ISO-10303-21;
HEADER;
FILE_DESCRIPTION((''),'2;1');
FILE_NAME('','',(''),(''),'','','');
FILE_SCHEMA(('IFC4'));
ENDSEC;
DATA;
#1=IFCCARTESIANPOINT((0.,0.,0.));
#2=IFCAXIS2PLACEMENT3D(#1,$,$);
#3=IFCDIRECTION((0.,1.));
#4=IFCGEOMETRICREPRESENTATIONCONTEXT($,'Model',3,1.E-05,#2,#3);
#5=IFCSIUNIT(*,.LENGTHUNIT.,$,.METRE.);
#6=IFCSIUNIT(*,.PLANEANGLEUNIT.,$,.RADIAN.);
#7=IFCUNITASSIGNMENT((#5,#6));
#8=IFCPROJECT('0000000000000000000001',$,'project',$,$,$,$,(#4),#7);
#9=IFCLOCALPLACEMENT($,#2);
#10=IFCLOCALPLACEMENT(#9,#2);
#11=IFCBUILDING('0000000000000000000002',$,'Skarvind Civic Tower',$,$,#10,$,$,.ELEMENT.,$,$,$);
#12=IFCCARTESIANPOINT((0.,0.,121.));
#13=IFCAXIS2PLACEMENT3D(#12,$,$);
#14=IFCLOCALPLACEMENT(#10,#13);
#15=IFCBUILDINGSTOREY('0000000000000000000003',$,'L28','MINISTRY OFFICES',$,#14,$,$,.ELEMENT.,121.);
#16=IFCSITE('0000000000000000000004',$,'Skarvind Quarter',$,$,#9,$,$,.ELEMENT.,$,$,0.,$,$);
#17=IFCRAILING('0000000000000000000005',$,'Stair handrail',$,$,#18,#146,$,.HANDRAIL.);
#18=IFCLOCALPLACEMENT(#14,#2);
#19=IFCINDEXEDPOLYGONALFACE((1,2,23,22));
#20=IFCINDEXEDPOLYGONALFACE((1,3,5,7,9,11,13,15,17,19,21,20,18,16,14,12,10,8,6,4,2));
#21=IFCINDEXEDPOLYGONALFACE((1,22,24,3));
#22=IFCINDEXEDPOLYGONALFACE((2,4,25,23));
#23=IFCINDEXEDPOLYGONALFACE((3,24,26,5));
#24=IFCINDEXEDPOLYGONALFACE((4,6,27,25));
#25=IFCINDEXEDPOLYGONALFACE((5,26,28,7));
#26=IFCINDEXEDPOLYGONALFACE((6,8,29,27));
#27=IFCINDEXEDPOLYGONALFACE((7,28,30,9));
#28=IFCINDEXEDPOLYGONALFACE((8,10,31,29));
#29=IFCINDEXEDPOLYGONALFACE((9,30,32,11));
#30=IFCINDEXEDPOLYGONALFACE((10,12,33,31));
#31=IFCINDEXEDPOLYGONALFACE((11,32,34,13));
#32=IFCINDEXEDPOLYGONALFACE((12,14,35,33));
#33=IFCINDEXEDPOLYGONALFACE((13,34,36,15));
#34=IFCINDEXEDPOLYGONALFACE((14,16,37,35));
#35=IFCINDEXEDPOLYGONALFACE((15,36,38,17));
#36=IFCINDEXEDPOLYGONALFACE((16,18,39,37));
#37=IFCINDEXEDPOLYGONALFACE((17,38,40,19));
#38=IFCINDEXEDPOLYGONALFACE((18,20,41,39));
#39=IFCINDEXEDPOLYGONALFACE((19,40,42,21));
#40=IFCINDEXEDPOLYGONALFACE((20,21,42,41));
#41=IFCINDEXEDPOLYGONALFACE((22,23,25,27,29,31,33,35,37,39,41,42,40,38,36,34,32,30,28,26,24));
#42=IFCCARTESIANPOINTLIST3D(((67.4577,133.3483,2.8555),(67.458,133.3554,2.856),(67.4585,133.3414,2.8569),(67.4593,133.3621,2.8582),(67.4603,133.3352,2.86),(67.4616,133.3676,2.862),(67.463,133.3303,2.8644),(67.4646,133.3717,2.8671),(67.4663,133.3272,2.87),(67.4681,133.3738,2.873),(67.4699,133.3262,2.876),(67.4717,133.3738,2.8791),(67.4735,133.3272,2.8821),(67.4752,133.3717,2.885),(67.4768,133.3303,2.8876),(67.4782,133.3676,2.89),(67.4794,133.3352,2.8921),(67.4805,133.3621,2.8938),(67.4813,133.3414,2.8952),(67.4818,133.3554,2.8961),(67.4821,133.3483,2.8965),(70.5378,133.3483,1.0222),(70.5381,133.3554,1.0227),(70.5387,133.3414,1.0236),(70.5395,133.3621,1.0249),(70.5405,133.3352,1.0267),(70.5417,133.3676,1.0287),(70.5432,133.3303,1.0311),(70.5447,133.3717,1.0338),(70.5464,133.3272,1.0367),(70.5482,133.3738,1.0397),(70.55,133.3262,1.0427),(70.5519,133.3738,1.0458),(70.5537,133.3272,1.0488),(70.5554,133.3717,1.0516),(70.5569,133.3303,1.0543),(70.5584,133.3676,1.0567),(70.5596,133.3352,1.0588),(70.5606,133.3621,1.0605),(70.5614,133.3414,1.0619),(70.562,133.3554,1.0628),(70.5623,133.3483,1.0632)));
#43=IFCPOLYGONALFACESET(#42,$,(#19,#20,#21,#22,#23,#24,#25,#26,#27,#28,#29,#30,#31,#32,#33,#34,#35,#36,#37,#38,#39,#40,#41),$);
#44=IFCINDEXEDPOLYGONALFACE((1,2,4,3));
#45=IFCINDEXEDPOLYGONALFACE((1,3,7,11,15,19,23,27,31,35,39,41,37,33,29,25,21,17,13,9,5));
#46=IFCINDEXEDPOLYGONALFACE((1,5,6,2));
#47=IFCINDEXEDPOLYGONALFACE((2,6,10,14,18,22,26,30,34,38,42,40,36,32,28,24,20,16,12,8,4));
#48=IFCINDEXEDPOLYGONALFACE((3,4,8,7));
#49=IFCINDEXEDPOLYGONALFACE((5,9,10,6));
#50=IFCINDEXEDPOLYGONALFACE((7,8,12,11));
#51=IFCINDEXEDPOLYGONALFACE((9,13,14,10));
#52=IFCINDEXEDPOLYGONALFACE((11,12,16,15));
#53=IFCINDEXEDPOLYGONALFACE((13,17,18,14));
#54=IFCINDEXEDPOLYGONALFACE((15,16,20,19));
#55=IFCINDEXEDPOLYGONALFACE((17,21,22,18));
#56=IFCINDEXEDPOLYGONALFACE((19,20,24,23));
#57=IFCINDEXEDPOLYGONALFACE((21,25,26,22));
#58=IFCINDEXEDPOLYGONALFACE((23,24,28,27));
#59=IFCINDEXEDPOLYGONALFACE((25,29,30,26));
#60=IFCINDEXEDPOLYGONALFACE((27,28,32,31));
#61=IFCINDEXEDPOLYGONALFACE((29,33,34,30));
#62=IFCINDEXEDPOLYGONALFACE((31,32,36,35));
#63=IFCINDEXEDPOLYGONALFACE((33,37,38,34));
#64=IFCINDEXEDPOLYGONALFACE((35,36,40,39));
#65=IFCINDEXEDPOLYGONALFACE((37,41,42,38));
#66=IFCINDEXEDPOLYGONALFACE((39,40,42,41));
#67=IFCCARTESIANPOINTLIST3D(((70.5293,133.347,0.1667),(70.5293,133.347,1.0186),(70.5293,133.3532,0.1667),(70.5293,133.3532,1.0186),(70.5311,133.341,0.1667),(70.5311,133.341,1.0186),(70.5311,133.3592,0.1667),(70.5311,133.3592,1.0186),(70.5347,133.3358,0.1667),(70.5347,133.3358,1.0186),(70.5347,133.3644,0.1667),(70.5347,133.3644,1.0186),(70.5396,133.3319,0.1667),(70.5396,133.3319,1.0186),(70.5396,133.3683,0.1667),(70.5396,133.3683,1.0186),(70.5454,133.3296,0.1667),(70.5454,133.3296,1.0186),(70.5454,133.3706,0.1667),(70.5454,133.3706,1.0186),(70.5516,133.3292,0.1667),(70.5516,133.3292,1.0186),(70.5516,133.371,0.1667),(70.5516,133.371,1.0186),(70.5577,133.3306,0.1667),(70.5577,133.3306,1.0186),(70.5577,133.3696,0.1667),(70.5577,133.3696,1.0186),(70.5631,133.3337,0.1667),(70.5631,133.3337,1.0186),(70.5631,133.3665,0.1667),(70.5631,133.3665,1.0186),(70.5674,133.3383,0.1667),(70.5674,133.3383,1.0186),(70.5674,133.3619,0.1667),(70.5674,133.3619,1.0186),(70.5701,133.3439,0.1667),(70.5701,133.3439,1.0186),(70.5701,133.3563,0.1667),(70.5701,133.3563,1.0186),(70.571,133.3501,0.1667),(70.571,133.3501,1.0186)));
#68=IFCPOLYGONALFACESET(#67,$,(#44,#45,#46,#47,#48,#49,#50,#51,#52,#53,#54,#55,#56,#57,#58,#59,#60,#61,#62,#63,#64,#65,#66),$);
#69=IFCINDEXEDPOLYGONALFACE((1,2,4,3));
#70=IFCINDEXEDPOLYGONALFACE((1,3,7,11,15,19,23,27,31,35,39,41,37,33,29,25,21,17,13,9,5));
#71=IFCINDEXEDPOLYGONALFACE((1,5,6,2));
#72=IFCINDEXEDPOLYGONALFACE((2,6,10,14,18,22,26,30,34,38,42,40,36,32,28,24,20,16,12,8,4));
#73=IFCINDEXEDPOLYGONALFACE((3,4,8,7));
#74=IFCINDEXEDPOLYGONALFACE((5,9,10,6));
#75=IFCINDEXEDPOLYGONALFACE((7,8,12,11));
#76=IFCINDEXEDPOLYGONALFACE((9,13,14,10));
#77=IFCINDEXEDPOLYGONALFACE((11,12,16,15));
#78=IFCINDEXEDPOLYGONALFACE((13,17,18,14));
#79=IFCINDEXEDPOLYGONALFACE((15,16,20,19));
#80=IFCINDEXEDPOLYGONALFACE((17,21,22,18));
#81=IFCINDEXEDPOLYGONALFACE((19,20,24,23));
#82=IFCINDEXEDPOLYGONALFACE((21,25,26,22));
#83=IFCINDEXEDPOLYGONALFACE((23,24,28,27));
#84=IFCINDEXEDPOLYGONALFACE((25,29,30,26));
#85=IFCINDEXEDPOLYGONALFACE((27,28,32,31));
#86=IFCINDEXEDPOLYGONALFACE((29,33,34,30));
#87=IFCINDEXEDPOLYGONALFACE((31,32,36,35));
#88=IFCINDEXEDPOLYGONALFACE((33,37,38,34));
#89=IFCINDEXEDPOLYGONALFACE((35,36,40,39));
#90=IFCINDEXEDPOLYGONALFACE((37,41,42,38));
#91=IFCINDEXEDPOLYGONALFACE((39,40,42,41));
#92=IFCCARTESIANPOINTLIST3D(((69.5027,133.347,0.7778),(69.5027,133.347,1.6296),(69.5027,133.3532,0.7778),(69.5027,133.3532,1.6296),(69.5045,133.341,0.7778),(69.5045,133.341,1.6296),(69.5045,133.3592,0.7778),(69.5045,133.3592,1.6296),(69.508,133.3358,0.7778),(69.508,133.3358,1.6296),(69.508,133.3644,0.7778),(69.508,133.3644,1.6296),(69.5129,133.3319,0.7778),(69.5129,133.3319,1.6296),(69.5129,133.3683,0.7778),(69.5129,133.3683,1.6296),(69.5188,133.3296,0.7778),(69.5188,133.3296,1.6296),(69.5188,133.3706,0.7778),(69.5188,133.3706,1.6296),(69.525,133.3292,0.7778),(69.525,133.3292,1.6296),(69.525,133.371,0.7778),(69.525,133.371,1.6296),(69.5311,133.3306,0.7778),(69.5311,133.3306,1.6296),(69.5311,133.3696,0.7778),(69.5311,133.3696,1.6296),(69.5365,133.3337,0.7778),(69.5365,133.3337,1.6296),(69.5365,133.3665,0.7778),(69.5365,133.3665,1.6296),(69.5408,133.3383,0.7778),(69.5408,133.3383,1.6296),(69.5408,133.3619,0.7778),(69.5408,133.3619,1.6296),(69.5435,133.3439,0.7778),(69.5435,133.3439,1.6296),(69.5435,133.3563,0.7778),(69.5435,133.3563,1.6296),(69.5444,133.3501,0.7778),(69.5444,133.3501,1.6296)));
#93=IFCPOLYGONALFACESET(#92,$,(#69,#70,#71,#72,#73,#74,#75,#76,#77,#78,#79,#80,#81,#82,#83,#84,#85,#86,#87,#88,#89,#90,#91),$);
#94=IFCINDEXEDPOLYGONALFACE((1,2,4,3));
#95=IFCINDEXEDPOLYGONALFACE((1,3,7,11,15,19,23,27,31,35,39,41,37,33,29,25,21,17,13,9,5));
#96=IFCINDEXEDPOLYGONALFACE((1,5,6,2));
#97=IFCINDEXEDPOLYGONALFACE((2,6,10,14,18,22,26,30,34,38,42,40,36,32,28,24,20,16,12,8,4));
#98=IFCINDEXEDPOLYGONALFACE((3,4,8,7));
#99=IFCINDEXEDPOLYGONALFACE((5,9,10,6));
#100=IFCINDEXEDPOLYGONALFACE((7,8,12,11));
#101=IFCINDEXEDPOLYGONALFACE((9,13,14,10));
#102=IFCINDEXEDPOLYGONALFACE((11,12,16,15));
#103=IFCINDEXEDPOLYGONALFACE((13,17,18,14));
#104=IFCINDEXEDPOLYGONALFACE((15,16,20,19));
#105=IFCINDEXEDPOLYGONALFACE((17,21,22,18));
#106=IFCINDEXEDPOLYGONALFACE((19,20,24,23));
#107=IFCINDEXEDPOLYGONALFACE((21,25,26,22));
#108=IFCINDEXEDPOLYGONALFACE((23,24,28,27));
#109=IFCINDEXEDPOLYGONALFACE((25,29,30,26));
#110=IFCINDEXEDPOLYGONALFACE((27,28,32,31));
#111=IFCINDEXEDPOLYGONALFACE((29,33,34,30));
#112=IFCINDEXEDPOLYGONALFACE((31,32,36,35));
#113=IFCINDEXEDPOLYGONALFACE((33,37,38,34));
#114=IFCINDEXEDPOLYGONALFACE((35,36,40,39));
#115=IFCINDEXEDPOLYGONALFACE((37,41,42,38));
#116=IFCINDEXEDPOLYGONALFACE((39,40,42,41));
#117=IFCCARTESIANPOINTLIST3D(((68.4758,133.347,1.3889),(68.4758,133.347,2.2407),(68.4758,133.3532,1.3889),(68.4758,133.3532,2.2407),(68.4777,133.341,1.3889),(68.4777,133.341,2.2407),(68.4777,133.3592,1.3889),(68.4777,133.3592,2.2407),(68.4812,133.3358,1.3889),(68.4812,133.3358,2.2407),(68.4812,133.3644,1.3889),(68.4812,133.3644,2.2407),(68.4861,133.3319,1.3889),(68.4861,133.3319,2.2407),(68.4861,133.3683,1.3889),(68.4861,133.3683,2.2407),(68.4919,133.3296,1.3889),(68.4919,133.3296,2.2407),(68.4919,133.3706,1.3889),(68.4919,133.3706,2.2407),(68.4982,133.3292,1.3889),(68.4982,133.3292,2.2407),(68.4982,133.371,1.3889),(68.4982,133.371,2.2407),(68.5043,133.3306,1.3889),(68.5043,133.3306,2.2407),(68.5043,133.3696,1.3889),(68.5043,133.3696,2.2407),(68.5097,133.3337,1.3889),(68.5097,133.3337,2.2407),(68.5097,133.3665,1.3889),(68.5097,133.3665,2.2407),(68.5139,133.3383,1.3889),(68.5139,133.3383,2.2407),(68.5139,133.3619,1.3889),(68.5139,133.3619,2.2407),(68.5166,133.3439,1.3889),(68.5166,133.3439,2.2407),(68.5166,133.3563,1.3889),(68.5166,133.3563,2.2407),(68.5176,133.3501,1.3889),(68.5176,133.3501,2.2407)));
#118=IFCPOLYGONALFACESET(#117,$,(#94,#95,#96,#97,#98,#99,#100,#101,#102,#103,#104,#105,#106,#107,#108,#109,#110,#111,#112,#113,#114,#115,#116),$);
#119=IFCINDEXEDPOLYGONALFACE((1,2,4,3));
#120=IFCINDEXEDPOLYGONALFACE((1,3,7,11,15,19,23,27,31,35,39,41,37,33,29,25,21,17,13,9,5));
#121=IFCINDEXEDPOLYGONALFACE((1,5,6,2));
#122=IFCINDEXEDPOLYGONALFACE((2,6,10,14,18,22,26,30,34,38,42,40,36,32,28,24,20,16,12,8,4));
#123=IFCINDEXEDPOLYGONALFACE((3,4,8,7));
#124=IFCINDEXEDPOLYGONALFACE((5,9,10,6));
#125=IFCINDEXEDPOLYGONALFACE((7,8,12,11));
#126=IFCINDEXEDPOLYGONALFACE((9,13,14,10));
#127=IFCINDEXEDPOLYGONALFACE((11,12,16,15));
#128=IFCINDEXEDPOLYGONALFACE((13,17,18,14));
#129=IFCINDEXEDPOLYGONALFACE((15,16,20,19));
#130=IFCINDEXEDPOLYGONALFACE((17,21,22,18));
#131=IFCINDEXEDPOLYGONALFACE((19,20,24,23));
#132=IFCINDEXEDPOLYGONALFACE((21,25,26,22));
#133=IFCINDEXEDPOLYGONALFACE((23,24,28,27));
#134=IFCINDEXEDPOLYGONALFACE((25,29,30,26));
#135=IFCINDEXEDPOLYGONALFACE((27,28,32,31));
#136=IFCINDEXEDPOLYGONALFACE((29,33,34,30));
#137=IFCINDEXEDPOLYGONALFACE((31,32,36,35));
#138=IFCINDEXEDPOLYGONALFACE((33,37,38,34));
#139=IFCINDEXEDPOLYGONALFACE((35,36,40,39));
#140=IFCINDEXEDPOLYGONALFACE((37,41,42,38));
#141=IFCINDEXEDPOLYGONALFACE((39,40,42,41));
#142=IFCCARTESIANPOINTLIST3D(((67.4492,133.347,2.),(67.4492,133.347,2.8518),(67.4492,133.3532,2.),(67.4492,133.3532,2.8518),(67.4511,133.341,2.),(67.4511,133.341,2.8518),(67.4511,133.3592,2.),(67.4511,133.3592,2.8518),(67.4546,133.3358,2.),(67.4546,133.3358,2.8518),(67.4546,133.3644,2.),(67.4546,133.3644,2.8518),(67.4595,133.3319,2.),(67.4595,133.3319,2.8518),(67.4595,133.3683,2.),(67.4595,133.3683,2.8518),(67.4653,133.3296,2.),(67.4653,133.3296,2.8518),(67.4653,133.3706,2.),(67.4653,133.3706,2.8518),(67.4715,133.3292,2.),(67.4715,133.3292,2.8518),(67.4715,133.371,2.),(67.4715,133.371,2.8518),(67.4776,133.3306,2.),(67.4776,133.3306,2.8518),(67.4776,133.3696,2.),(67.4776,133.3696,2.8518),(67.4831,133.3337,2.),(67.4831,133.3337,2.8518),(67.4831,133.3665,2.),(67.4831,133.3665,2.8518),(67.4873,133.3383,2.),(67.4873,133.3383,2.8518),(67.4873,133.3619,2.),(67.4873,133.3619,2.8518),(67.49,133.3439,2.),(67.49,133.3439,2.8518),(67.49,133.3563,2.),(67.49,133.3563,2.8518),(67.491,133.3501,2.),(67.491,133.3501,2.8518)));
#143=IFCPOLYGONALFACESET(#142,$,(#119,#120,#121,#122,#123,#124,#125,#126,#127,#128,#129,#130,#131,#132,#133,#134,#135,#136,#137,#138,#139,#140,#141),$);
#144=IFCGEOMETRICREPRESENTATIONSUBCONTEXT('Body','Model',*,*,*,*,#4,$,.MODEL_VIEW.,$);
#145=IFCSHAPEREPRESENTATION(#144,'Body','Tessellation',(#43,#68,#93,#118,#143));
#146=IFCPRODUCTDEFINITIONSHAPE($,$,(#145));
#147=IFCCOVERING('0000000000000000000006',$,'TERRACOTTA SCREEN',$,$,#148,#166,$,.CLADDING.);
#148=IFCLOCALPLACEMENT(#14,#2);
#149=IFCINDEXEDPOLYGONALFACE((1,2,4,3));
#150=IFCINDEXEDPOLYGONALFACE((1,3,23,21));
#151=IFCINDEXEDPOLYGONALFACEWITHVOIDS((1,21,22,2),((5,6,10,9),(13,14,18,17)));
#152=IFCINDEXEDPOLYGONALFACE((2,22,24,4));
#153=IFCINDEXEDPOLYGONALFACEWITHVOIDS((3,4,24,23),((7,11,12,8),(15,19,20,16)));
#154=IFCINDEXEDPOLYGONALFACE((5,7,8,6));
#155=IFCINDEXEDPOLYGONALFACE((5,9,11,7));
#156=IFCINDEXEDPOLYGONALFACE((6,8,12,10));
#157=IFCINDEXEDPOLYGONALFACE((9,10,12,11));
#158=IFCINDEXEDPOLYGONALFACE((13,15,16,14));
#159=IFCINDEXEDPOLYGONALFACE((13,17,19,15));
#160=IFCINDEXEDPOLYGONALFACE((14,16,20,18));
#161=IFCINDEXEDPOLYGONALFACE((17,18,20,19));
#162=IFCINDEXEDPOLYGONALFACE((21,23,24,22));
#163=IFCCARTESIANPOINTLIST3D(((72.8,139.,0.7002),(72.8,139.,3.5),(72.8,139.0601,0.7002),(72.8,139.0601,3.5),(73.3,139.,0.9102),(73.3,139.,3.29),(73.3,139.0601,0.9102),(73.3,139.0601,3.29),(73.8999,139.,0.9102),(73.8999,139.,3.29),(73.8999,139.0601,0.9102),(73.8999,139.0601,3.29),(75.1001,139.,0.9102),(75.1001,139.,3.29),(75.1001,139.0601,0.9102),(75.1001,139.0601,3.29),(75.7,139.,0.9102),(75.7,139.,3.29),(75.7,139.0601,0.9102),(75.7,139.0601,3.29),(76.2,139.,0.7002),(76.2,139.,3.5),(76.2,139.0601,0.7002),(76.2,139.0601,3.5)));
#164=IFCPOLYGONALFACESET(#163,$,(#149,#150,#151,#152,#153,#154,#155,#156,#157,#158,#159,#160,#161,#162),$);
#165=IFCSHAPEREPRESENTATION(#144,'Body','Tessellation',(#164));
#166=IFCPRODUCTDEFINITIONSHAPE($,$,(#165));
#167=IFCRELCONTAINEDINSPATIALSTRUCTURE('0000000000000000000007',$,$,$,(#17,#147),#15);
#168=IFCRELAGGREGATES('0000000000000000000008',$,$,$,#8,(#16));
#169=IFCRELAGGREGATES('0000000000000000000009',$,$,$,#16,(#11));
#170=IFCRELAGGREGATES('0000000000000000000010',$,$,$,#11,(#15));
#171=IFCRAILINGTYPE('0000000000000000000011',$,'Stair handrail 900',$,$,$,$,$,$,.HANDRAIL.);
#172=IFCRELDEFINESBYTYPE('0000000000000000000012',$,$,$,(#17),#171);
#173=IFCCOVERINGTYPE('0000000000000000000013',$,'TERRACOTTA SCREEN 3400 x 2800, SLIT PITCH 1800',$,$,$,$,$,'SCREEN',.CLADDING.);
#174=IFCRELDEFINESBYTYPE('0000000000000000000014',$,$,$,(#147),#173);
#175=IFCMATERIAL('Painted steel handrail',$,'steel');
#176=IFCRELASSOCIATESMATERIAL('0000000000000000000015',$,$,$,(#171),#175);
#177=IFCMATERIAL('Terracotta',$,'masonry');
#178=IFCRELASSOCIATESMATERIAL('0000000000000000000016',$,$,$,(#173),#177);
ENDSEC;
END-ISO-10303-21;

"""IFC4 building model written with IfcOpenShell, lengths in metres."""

from ifc_helpers import new_model, si_unit, direction, frame, origin, origin_2d, place, context, subcontext, project, spatial, polyline, circle, outline, extrude, material, material_profile, profile_set, type_object, element, save


model = new_model("IFC4")

# Units and contexts
model_context = context("Model", 3, precision=1e-05, world=origin(), true_north=direction((0.0, 1.0)))
body_context = subcontext(model_context, "Body", "Model", "MODEL_VIEW")
ifc_project = project(units=[si_unit("LENGTHUNIT", "METRE"), si_unit("PLANEANGLEUNIT", "RADIAN")], contexts=[model_context])

# Site, building, storey
site_placement = place(None, origin())
site = spatial("IfcSite", under=ifc_project, at=site_placement, Name="Skarvind Quarter", CompositionType="ELEMENT", RefElevation=0.0)
building_placement = place(site_placement, origin())
building = spatial("IfcBuilding", under=site, at=building_placement, Name="Skarvind Civic Tower", CompositionType="ELEMENT")
storey_placement = place(building_placement, frame((0.0, 0.0, 121.0)))
storey = spatial("IfcBuildingStorey", under=building, at=storey_placement, Name="L28", Description="MINISTRY OFFICES", CompositionType="ELEMENT", Elevation=121.0)

# Railing
ifc_material_1 = material(Name="Painted steel handrail", Category="steel")
railing_type = type_object("IfcRailingType", Name="Stair handrail 900", PredefinedType="HANDRAIL", material=ifc_material_1)
railing_placement = place(storey_placement, frame((70.55, 133.3501, 0.1667)))
element("IfcRailing", 1, at=railing_placement, inside=storey, type_object=railing_type, Name="Stair handrail", PredefinedType="HANDRAIL", context=body_context, shape_type="SweptSolid", body=[
    extrude(circle(Radius=0.0239, at=origin_2d()), frame((0.0, 0.0, 0.876), z_axis=(-0.859309, 0.0, 0.511458), x_axis=(0.0, -1.0, 0.0)), (0.0, 0.0, 1.0), 3.5845),
    extrude(circle(Radius=0.021, at=origin_2d()), origin(), (0.0, 0.0, 1.0), 0.8518),
    extrude(circle(Radius=0.021, at=origin_2d()), frame((-1.0266, 0.0, 0.6111)), (0.0, 0.0, 1.0), 0.8518),
    extrude(circle(Radius=0.021, at=origin_2d()), frame((-2.0535, 0.0, 1.2222)), (0.0, 0.0, 1.0), 0.8518),
    extrude(circle(Radius=0.021, at=origin_2d()), frame((-3.0801, 0.0, 1.8333)), (0.0, 0.0, 1.0), 0.8518),
])

# Covering
ifc_material_2 = material(Name="Terracotta", Category="masonry")
ifc_material_profile_1 = material_profile(ifc_material_2, outline(polyline([(-1.7, -1.3999), (1.7, -1.3999), (1.7, 1.3999), (-1.7, 1.3999), (-1.7, -1.3999)]), holes=[polyline([(-1.2, -1.1899), (-0.6001, -1.1899), (-0.6001, 1.1899), (-1.2, 1.1899), (-1.2, -1.1899)]), polyline([(0.6001, -1.1899), (1.2, -1.1899), (1.2, 1.1899), (0.6001, 1.1899), (0.6001, -1.1899)])]), Name="TERRACOTTA SCREEN 3400 x 2800, SLIT PITCH 1800")
ifc_profile_set_1 = profile_set([ifc_material_profile_1], Name="Terracotta")
covering_type = type_object("IfcCoveringType", Name="TERRACOTTA SCREEN 3400 x 2800, SLIT PITCH 1800", ElementType="SCREEN", PredefinedType="CLADDING", material=ifc_profile_set_1)
covering_placement = place(storey_placement, frame((74.5, 139.0, 2.1001), z_axis=(0.0, 1.0, 0.0), x_axis=(-1.0, 0.0, 0.0)))
element("IfcCovering", 2, at=covering_placement, inside=storey, type_object=covering_type, Name="TERRACOTTA SCREEN", PredefinedType="CLADDING", context=body_context, shape_type="SweptSolid", body=[
    extrude(outline(polyline([(-1.7, -1.3999), (1.7, -1.3999), (1.7, 1.3999), (-1.7, 1.3999), (-1.7, -1.3999)]), holes=[polyline([(-1.2, -1.1899), (-0.6001, -1.1899), (-0.6001, 1.1899), (-1.2, 1.1899), (-1.2, -1.1899)]), polyline([(0.6001, -1.1899), (1.2, -1.1899), (1.2, 1.1899), (0.6001, 1.1899), (0.6001, -1.1899)])]), origin(), (0.0, 0.0, 1.0), 0.0601),
])

save(model, "model.ifc")
